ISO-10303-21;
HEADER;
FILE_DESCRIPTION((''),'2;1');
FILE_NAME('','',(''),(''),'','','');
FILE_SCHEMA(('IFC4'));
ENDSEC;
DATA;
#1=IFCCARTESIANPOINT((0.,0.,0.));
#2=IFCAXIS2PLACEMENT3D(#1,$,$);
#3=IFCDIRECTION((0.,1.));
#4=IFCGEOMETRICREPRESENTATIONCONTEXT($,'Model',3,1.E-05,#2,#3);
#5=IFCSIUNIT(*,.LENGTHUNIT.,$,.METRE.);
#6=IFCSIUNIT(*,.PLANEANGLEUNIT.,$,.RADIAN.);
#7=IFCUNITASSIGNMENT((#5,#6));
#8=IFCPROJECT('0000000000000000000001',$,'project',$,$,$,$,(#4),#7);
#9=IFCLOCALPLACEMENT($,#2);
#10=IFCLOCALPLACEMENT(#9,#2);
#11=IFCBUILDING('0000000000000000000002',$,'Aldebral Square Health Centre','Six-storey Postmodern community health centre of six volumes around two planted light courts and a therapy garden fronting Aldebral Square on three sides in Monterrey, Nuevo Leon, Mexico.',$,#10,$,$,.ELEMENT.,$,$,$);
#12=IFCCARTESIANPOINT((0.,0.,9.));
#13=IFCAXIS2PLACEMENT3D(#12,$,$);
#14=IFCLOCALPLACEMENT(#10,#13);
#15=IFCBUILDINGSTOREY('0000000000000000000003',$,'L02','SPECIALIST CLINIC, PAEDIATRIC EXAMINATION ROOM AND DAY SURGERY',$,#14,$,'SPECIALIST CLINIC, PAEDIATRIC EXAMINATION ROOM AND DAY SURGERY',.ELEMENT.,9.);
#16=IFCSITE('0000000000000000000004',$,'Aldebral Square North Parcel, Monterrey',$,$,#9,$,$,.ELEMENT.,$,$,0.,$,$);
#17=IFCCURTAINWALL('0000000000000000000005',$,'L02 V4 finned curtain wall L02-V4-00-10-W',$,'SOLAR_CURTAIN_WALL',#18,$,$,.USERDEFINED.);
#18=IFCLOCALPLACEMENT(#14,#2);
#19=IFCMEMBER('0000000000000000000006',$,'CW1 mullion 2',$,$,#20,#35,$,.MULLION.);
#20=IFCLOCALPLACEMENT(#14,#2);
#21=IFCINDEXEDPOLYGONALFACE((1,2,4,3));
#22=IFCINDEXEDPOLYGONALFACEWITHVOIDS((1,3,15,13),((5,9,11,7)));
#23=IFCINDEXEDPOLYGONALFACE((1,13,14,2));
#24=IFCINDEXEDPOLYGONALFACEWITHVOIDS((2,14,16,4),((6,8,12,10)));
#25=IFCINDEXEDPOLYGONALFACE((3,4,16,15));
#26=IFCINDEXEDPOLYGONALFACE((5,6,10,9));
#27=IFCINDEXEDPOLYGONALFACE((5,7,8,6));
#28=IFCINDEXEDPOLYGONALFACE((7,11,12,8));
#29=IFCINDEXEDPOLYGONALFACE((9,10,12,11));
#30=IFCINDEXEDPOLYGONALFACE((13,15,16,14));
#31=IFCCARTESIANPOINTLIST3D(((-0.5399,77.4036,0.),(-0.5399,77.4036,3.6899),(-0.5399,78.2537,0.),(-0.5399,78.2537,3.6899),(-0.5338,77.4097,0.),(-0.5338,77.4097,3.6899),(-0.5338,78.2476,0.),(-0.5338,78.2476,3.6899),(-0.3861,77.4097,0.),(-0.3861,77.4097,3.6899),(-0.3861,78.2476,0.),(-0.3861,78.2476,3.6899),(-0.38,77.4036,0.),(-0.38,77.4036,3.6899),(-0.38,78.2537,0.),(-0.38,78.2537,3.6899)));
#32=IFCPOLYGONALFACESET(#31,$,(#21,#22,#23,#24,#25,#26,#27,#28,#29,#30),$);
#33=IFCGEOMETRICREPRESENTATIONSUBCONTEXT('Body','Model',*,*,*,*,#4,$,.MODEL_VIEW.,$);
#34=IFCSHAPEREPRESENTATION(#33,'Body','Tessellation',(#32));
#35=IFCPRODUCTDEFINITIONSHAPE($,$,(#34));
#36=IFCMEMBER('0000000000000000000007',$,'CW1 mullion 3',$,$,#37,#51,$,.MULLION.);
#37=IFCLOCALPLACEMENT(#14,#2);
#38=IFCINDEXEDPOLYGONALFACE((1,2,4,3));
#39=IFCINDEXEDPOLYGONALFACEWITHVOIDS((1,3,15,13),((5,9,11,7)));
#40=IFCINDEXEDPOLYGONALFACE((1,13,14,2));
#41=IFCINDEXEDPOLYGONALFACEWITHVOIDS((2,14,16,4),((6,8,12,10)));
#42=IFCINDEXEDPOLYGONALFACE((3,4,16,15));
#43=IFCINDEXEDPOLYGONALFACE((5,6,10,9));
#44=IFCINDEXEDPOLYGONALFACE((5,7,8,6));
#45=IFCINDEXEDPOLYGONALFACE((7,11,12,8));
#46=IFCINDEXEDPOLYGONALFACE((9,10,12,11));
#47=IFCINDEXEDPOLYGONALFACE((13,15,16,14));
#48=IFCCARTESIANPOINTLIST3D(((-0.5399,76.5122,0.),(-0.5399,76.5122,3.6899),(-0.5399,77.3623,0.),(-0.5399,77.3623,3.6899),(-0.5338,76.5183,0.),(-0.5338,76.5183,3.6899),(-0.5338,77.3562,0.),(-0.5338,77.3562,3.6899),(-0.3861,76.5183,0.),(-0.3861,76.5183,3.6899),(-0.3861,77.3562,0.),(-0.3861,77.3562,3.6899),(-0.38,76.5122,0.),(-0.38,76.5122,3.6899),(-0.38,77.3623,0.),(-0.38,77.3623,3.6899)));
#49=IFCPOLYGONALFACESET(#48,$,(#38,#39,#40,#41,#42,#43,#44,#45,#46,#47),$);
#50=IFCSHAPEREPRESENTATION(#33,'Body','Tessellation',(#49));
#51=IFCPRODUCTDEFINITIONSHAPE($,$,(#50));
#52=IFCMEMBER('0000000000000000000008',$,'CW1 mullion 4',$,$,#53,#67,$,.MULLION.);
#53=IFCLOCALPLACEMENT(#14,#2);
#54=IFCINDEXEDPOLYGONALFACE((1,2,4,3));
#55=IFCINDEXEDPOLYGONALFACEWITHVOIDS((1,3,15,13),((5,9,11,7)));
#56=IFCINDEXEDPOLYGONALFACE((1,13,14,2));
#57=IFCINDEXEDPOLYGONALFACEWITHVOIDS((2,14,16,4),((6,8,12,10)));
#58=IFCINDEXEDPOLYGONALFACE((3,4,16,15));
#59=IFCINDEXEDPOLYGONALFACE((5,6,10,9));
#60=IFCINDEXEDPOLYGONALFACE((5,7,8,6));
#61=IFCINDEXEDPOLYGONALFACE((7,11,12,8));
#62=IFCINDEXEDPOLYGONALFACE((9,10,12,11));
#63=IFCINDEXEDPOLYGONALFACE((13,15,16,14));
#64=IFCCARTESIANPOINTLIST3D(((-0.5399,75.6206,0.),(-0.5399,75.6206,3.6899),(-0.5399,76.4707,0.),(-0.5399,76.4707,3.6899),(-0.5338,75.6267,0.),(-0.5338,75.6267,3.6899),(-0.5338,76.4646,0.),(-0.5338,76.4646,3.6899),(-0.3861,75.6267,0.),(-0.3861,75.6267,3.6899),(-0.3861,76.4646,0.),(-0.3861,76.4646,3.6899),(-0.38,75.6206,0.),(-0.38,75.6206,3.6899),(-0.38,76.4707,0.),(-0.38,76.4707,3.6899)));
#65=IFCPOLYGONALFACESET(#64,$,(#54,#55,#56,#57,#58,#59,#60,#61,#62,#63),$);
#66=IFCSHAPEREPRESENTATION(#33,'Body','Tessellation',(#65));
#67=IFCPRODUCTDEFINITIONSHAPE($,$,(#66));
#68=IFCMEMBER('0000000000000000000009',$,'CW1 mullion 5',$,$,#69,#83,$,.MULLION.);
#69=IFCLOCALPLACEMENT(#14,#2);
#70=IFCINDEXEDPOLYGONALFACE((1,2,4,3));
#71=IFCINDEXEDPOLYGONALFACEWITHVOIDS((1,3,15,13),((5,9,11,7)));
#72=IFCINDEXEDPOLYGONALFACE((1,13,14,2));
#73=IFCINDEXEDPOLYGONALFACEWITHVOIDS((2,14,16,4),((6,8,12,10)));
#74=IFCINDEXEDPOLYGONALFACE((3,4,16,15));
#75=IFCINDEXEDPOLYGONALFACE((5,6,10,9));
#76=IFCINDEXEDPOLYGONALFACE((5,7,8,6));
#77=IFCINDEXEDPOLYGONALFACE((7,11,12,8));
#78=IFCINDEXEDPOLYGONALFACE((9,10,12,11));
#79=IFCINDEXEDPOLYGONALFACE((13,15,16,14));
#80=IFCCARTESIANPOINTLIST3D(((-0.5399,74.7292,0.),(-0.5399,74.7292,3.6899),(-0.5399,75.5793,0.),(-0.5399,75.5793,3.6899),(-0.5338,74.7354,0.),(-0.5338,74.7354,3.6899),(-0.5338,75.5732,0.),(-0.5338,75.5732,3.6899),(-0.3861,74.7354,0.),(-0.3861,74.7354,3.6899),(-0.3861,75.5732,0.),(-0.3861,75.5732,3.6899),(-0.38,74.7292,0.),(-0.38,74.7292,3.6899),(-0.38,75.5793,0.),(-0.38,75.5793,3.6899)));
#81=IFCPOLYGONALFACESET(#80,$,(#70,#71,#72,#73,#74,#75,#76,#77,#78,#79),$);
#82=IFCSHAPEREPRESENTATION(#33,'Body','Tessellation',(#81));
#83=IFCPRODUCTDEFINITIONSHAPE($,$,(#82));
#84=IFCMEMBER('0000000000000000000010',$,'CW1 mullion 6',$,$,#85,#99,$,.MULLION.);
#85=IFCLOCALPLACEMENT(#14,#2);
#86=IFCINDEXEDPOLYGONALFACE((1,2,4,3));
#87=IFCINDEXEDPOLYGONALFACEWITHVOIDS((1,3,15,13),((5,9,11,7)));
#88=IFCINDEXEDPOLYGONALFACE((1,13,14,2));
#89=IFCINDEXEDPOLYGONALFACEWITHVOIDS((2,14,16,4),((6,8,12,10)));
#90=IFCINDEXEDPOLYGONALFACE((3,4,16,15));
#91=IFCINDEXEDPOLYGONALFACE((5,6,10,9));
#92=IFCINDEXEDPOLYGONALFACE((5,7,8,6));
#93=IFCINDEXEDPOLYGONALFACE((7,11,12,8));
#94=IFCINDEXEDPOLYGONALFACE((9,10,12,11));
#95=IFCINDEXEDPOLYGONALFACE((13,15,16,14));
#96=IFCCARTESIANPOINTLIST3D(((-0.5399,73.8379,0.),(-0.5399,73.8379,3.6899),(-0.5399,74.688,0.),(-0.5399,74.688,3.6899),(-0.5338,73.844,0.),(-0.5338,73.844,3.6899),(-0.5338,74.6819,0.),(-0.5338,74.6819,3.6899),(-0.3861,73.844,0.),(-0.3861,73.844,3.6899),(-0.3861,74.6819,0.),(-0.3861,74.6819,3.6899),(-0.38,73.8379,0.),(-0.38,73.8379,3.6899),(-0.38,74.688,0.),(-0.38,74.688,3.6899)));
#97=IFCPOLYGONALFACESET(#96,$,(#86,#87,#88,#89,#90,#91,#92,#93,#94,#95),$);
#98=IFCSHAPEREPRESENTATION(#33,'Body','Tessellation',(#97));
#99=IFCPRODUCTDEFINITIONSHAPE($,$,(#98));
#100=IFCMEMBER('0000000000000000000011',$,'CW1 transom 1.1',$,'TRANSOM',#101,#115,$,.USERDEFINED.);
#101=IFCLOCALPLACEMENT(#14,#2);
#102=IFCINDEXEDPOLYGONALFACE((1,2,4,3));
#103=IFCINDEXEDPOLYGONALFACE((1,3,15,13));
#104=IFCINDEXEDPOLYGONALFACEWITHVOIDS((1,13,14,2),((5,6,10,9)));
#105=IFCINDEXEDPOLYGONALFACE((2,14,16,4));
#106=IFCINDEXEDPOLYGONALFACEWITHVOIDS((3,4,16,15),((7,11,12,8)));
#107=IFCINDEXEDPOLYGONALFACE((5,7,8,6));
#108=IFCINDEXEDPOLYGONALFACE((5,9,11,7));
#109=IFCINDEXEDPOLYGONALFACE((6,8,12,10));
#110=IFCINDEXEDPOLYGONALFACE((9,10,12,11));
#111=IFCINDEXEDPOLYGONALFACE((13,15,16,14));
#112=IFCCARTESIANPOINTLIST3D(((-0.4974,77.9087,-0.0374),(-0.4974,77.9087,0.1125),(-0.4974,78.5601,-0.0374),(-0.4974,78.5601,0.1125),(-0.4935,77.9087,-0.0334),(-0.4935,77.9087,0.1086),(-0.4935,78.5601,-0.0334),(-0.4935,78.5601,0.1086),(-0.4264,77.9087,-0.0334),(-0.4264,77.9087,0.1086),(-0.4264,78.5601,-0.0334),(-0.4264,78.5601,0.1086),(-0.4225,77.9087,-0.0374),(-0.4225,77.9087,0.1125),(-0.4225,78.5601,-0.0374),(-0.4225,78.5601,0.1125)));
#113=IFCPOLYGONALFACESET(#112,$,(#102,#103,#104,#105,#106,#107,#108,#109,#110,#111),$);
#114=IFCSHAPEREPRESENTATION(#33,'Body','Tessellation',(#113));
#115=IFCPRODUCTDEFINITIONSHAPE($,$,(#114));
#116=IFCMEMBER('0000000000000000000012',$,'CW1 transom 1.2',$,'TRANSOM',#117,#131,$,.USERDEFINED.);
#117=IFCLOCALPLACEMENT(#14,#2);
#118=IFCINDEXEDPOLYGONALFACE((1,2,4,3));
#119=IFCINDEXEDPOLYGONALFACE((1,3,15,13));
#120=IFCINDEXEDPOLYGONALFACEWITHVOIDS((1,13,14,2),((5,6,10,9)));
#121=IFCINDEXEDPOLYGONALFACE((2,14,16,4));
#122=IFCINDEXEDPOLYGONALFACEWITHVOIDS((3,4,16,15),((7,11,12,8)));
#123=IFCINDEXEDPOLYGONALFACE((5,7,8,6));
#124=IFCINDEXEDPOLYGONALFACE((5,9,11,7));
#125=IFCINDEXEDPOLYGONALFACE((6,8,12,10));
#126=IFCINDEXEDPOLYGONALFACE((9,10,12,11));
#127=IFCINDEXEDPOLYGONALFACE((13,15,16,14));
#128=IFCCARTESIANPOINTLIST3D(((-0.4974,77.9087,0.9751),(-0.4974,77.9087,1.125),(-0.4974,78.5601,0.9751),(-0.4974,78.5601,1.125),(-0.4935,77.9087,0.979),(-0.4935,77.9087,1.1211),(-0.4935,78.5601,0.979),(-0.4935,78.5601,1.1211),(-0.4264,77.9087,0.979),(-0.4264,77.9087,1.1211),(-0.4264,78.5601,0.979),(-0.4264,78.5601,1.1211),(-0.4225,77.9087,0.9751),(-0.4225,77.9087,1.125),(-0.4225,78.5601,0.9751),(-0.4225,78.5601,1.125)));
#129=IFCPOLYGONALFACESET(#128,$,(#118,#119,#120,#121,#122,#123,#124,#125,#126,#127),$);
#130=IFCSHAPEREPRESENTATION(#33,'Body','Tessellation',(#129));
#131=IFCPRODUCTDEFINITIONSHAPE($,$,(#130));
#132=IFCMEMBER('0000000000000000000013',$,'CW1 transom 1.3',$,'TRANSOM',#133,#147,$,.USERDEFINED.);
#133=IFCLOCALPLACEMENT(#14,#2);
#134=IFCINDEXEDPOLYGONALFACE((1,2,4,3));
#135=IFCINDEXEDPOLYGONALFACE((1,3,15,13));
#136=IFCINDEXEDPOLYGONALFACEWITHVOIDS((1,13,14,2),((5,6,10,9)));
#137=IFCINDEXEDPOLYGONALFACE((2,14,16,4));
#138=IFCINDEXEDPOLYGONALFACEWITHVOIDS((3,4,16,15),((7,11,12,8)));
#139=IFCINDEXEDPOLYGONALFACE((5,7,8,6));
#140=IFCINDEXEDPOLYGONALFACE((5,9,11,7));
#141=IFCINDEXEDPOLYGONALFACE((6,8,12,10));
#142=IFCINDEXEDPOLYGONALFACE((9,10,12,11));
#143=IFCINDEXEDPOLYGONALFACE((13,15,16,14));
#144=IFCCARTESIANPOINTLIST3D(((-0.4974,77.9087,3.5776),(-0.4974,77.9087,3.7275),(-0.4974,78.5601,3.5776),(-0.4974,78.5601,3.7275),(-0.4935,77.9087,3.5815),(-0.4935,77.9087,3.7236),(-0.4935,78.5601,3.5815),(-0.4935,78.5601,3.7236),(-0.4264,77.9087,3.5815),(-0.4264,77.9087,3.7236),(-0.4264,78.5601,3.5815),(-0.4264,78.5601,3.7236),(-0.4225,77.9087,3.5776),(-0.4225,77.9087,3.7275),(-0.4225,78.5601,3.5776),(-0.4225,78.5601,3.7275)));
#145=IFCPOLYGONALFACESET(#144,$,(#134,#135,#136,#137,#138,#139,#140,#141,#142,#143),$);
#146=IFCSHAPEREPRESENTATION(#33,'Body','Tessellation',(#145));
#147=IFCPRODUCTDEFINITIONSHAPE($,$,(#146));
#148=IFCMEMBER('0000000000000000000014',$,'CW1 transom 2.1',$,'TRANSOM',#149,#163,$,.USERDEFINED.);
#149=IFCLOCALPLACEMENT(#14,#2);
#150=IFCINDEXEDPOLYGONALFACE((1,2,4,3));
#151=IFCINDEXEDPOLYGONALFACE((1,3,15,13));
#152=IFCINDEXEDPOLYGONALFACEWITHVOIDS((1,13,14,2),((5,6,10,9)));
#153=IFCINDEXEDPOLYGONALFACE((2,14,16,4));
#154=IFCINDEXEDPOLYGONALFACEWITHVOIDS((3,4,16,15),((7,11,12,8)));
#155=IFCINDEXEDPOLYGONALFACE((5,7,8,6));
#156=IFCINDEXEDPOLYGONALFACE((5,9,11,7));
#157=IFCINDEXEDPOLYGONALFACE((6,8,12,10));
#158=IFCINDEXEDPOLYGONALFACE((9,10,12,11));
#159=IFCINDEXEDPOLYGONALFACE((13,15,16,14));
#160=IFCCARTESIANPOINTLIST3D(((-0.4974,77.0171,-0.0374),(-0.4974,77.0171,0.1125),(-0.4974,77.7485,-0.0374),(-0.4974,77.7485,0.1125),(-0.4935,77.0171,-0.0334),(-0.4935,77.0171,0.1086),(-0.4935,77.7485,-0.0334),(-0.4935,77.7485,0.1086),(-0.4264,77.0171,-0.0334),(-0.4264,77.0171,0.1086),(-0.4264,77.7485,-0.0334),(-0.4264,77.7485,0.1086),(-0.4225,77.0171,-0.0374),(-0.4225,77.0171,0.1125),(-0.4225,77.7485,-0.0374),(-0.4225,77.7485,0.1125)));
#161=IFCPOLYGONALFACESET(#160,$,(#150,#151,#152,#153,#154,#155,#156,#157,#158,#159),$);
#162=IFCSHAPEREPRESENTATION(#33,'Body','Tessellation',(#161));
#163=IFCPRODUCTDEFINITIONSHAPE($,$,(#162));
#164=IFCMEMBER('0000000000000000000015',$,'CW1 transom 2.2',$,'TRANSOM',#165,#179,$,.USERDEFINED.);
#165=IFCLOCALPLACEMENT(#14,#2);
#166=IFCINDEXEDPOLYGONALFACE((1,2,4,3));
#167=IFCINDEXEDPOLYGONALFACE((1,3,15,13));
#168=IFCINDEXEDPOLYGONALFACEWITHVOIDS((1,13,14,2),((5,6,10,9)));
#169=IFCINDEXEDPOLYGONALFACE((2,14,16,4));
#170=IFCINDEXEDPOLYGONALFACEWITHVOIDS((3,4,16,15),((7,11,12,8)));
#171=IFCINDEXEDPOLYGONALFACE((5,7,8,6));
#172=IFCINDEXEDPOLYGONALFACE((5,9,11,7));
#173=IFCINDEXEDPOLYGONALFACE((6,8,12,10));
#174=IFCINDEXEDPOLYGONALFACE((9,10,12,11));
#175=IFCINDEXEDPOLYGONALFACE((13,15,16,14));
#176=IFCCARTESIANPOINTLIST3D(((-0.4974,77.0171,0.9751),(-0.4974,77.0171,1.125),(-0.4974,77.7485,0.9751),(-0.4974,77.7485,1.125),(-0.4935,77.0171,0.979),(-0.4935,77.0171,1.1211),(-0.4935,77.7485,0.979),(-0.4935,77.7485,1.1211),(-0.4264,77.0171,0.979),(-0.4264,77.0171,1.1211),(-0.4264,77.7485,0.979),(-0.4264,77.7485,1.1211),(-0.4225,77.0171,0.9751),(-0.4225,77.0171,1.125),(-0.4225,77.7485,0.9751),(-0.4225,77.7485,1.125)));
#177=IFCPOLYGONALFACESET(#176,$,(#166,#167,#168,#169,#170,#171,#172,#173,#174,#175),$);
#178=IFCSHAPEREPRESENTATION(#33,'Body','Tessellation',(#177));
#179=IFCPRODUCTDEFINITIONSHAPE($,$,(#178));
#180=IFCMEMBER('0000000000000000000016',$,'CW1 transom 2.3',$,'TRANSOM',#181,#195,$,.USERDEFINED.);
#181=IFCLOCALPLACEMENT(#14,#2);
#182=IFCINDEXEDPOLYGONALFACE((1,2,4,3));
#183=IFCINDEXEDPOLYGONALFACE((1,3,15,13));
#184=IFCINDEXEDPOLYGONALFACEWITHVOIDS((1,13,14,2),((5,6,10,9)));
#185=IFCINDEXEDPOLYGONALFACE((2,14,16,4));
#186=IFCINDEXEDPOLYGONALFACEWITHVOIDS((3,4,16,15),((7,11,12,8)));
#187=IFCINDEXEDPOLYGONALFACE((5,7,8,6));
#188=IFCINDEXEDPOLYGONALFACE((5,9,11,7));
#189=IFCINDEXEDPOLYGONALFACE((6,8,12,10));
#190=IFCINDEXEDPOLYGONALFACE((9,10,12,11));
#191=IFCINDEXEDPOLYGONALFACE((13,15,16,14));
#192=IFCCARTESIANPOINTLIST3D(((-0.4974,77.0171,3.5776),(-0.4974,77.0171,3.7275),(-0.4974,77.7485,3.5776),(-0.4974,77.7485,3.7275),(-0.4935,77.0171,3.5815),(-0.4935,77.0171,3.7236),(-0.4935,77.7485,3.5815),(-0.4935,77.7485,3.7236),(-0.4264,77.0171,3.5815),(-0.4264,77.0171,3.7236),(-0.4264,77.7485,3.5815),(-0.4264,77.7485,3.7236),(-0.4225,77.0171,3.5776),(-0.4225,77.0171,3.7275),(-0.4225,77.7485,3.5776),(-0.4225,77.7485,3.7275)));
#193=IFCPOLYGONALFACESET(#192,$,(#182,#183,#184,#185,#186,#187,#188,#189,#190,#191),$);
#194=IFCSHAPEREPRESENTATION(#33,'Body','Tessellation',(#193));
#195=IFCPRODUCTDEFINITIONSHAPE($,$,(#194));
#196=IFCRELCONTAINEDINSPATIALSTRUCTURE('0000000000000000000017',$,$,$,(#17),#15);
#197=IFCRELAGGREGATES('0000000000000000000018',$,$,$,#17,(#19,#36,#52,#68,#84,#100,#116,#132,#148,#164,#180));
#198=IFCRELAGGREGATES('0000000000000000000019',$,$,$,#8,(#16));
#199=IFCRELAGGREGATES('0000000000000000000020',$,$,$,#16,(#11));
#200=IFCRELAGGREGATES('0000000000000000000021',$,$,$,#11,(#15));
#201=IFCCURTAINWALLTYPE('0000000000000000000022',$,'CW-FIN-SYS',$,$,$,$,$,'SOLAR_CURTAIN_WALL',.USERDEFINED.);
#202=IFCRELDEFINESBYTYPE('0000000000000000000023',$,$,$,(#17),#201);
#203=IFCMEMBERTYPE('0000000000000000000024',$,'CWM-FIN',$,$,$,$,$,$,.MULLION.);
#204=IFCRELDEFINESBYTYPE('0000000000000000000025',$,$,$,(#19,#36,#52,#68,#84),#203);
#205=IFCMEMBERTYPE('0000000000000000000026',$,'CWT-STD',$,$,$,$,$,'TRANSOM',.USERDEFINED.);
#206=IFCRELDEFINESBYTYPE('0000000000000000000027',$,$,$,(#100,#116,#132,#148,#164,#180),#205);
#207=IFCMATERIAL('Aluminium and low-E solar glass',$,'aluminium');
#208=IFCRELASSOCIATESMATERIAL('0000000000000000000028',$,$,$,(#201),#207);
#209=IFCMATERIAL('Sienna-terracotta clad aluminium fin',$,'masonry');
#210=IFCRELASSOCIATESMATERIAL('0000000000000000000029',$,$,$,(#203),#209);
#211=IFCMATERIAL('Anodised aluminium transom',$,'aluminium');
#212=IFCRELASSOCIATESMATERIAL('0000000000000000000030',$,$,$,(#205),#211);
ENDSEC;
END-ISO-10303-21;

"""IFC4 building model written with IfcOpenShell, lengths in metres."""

from ifc_helpers import new_model, si_unit, direction, frame, origin, origin_2d, place, context, subcontext, project, spatial, hollow_rectangle, extrude, material, material_profile, profile_set, type_object, element, aggregate, save


model = new_model("IFC4")

# Units and contexts
model_context = context("Model", 3, precision=1e-05, world=origin(), true_north=direction((0.0, 1.0)))
body_context = subcontext(model_context, "Body", "Model", "MODEL_VIEW")
ifc_project = project(units=[si_unit("LENGTHUNIT", "METRE"), si_unit("PLANEANGLEUNIT", "RADIAN")], contexts=[model_context])

# Site, building, storey
site_placement = place(None, origin())
site = spatial("IfcSite", under=ifc_project, at=site_placement, Name="Aldebral Square North Parcel, Monterrey", CompositionType="ELEMENT", RefElevation=0.0)
building_placement = place(site_placement, origin())
building = spatial("IfcBuilding", under=site, at=building_placement, Name="Aldebral Square Health Centre", Description="Six-storey Postmodern community health centre of six volumes around two planted light courts and a therapy garden fronting Aldebral Square on three sides in Monterrey, Nuevo Leon, Mexico.", CompositionType="ELEMENT")
storey_placement = place(building_placement, frame((0.0, 0.0, 9.0)))
storey = spatial("IfcBuildingStorey", under=building, at=storey_placement, Name="L02", Description="SPECIALIST CLINIC, PAEDIATRIC EXAMINATION ROOM AND DAY SURGERY", LongName="SPECIALIST CLINIC, PAEDIATRIC EXAMINATION ROOM AND DAY SURGERY", CompositionType="ELEMENT", Elevation=9.0)

# Curtain wall, members
ifc_material_1 = material(Name="Aluminium and low-E solar glass", Category="aluminium")
curtain_wall_type = type_object("IfcCurtainWallType", Name="CW-FIN-SYS", ElementType="SOLAR_CURTAIN_WALL", PredefinedType="USERDEFINED", material=ifc_material_1)
curtain_wall_placement = place(storey_placement, origin())
curtain_wall = element("IfcCurtainWall", 1, at=curtain_wall_placement, inside=storey, type_object=curtain_wall_type, Name="L02 V4 finned curtain wall L02-V4-00-10-W", ObjectType="SOLAR_CURTAIN_WALL", PredefinedType="USERDEFINED")
ifc_material_2 = material(Name="Sienna-terracotta clad aluminium fin", Category="masonry")
ifc_material_profile_1 = material_profile(ifc_material_2, hollow_rectangle(XDim=0.1599, YDim=0.8501, WallThickness=0.0061, at=origin_2d()), Name="FIN 160x850x6")
ifc_profile_set_1 = profile_set([ifc_material_profile_1], Name="Sienna-terracotta clad aluminium fin")
member_type_1 = type_object("IfcMemberType", Name="CWM-FIN", PredefinedType="MULLION", material=ifc_profile_set_1)
member_1_placement = place(storey_placement, frame((-0.46, 77.8286, 0.0), z_axis=(0.0, 0.0, 1.0), x_axis=(1.0, 0.0, 0.0)))
member_1 = element("IfcMember", 2, at=member_1_placement, type_object=member_type_1, Name="CW1 mullion 2", PredefinedType="MULLION", context=body_context, shape_type="SweptSolid", body=[
    extrude(hollow_rectangle(XDim=0.1599, YDim=0.8501, WallThickness=0.0061, at=origin_2d()), origin(), (0.0, 0.0, 1.0), 3.6899),
])
member_2_placement = place(storey_placement, frame((-0.46, 76.9373, 0.0), z_axis=(0.0, 0.0, 1.0), x_axis=(1.0, 0.0, 0.0)))
member_2 = element("IfcMember", 3, at=member_2_placement, type_object=member_type_1, Name="CW1 mullion 3", PredefinedType="MULLION", context=body_context, shape_type="SweptSolid", body=[
    extrude(hollow_rectangle(XDim=0.1599, YDim=0.8501, WallThickness=0.0061, at=origin_2d()), origin(), (0.0, 0.0, 1.0), 3.6899),
])
member_3_placement = place(storey_placement, frame((-0.46, 76.0457, 0.0), z_axis=(0.0, 0.0, 1.0), x_axis=(1.0, 0.0, 0.0)))
member_3 = element("IfcMember", 4, at=member_3_placement, type_object=member_type_1, Name="CW1 mullion 4", PredefinedType="MULLION", context=body_context, shape_type="SweptSolid", body=[
    extrude(hollow_rectangle(XDim=0.1599, YDim=0.8501, WallThickness=0.0061, at=origin_2d()), origin(), (0.0, 0.0, 1.0), 3.6899),
])
member_4_placement = place(storey_placement, frame((-0.46, 75.1543, 0.0), z_axis=(0.0, 0.0, 1.0), x_axis=(1.0, 0.0, 0.0)))
member_4 = element("IfcMember", 5, at=member_4_placement, type_object=member_type_1, Name="CW1 mullion 5", PredefinedType="MULLION", context=body_context, shape_type="SweptSolid", body=[
    extrude(hollow_rectangle(XDim=0.1599, YDim=0.8501, WallThickness=0.0061, at=origin_2d()), origin(), (0.0, 0.0, 1.0), 3.6899),
])
member_5_placement = place(storey_placement, frame((-0.46, 74.2629, 0.0), z_axis=(0.0, 0.0, 1.0), x_axis=(1.0, 0.0, 0.0)))
member_5 = element("IfcMember", 6, at=member_5_placement, type_object=member_type_1, Name="CW1 mullion 6", PredefinedType="MULLION", context=body_context, shape_type="SweptSolid", body=[
    extrude(hollow_rectangle(XDim=0.1599, YDim=0.8501, WallThickness=0.0061, at=origin_2d()), origin(), (0.0, 0.0, 1.0), 3.6899),
])
ifc_material_3 = material(Name="Anodised aluminium transom", Category="aluminium")
ifc_material_profile_2 = material_profile(ifc_material_3, hollow_rectangle(XDim=0.075, YDim=0.1499, WallThickness=0.0039, at=origin_2d()), Name="CWT 75x150x4")
ifc_profile_set_2 = profile_set([ifc_material_profile_2], Name="Anodised aluminium transom")
member_type_2 = type_object("IfcMemberType", Name="CWT-STD", ElementType="TRANSOM", PredefinedType="USERDEFINED", material=ifc_profile_set_2)
member_6_placement = place(storey_placement, frame((-0.46, 78.5601, 0.0376), z_axis=(0.0, -1.0, 0.0), x_axis=(1.0, 0.0, 0.0)))
member_6 = element("IfcMember", 7, at=member_6_placement, type_object=member_type_2, Name="CW1 transom 1.1", ObjectType="TRANSOM", PredefinedType="USERDEFINED", context=body_context, shape_type="SweptSolid", body=[
    extrude(hollow_rectangle(XDim=0.075, YDim=0.1499, WallThickness=0.0039, at=origin_2d()), origin(), (0.0, 0.0, 1.0), 0.6514),
])
member_7_placement = place(storey_placement, frame((-0.46, 78.5601, 1.05), z_axis=(0.0, -1.0, 0.0), x_axis=(1.0, 0.0, 0.0)))
member_7 = element("IfcMember", 8, at=member_7_placement, type_object=member_type_2, Name="CW1 transom 1.2", ObjectType="TRANSOM", PredefinedType="USERDEFINED", context=body_context, shape_type="SweptSolid", body=[
    extrude(hollow_rectangle(XDim=0.075, YDim=0.1499, WallThickness=0.0039, at=origin_2d()), origin(), (0.0, 0.0, 1.0), 0.6514),
])
member_8_placement = place(storey_placement, frame((-0.46, 78.5601, 3.6526), z_axis=(0.0, -1.0, 0.0), x_axis=(1.0, 0.0, 0.0)))
member_8 = element("IfcMember", 9, at=member_8_placement, type_object=member_type_2, Name="CW1 transom 1.3", ObjectType="TRANSOM", PredefinedType="USERDEFINED", context=body_context, shape_type="SweptSolid", body=[
    extrude(hollow_rectangle(XDim=0.075, YDim=0.1499, WallThickness=0.0039, at=origin_2d()), origin(), (0.0, 0.0, 1.0), 0.6514),
])
member_9_placement = place(storey_placement, frame((-0.46, 77.7485, 0.0376), z_axis=(0.0, -1.0, 0.0), x_axis=(1.0, 0.0, 0.0)))
member_9 = element("IfcMember", 10, at=member_9_placement, type_object=member_type_2, Name="CW1 transom 2.1", ObjectType="TRANSOM", PredefinedType="USERDEFINED", context=body_context, shape_type="SweptSolid", body=[
    extrude(hollow_rectangle(XDim=0.075, YDim=0.1499, WallThickness=0.0039, at=origin_2d()), origin(), (0.0, 0.0, 1.0), 0.7314),
])
member_10_placement = place(storey_placement, frame((-0.46, 77.7485, 1.05), z_axis=(0.0, -1.0, 0.0), x_axis=(1.0, 0.0, 0.0)))
member_10 = element("IfcMember", 11, at=member_10_placement, type_object=member_type_2, Name="CW1 transom 2.2", ObjectType="TRANSOM", PredefinedType="USERDEFINED", context=body_context, shape_type="SweptSolid", body=[
    extrude(hollow_rectangle(XDim=0.075, YDim=0.1499, WallThickness=0.0039, at=origin_2d()), origin(), (0.0, 0.0, 1.0), 0.7314),
])
member_11_placement = place(storey_placement, frame((-0.46, 77.7485, 3.6526), z_axis=(0.0, -1.0, 0.0), x_axis=(1.0, 0.0, 0.0)))
member_11 = element("IfcMember", 12, at=member_11_placement, type_object=member_type_2, Name="CW1 transom 2.3", ObjectType="TRANSOM", PredefinedType="USERDEFINED", context=body_context, shape_type="SweptSolid", body=[
    extrude(hollow_rectangle(XDim=0.075, YDim=0.1499, WallThickness=0.0039, at=origin_2d()), origin(), (0.0, 0.0, 1.0), 0.7314),
])
aggregate(curtain_wall, [member_1, member_2, member_3, member_4, member_5, member_6, member_7, member_8, member_9, member_10, member_11])

save(model, "model.ifc")
